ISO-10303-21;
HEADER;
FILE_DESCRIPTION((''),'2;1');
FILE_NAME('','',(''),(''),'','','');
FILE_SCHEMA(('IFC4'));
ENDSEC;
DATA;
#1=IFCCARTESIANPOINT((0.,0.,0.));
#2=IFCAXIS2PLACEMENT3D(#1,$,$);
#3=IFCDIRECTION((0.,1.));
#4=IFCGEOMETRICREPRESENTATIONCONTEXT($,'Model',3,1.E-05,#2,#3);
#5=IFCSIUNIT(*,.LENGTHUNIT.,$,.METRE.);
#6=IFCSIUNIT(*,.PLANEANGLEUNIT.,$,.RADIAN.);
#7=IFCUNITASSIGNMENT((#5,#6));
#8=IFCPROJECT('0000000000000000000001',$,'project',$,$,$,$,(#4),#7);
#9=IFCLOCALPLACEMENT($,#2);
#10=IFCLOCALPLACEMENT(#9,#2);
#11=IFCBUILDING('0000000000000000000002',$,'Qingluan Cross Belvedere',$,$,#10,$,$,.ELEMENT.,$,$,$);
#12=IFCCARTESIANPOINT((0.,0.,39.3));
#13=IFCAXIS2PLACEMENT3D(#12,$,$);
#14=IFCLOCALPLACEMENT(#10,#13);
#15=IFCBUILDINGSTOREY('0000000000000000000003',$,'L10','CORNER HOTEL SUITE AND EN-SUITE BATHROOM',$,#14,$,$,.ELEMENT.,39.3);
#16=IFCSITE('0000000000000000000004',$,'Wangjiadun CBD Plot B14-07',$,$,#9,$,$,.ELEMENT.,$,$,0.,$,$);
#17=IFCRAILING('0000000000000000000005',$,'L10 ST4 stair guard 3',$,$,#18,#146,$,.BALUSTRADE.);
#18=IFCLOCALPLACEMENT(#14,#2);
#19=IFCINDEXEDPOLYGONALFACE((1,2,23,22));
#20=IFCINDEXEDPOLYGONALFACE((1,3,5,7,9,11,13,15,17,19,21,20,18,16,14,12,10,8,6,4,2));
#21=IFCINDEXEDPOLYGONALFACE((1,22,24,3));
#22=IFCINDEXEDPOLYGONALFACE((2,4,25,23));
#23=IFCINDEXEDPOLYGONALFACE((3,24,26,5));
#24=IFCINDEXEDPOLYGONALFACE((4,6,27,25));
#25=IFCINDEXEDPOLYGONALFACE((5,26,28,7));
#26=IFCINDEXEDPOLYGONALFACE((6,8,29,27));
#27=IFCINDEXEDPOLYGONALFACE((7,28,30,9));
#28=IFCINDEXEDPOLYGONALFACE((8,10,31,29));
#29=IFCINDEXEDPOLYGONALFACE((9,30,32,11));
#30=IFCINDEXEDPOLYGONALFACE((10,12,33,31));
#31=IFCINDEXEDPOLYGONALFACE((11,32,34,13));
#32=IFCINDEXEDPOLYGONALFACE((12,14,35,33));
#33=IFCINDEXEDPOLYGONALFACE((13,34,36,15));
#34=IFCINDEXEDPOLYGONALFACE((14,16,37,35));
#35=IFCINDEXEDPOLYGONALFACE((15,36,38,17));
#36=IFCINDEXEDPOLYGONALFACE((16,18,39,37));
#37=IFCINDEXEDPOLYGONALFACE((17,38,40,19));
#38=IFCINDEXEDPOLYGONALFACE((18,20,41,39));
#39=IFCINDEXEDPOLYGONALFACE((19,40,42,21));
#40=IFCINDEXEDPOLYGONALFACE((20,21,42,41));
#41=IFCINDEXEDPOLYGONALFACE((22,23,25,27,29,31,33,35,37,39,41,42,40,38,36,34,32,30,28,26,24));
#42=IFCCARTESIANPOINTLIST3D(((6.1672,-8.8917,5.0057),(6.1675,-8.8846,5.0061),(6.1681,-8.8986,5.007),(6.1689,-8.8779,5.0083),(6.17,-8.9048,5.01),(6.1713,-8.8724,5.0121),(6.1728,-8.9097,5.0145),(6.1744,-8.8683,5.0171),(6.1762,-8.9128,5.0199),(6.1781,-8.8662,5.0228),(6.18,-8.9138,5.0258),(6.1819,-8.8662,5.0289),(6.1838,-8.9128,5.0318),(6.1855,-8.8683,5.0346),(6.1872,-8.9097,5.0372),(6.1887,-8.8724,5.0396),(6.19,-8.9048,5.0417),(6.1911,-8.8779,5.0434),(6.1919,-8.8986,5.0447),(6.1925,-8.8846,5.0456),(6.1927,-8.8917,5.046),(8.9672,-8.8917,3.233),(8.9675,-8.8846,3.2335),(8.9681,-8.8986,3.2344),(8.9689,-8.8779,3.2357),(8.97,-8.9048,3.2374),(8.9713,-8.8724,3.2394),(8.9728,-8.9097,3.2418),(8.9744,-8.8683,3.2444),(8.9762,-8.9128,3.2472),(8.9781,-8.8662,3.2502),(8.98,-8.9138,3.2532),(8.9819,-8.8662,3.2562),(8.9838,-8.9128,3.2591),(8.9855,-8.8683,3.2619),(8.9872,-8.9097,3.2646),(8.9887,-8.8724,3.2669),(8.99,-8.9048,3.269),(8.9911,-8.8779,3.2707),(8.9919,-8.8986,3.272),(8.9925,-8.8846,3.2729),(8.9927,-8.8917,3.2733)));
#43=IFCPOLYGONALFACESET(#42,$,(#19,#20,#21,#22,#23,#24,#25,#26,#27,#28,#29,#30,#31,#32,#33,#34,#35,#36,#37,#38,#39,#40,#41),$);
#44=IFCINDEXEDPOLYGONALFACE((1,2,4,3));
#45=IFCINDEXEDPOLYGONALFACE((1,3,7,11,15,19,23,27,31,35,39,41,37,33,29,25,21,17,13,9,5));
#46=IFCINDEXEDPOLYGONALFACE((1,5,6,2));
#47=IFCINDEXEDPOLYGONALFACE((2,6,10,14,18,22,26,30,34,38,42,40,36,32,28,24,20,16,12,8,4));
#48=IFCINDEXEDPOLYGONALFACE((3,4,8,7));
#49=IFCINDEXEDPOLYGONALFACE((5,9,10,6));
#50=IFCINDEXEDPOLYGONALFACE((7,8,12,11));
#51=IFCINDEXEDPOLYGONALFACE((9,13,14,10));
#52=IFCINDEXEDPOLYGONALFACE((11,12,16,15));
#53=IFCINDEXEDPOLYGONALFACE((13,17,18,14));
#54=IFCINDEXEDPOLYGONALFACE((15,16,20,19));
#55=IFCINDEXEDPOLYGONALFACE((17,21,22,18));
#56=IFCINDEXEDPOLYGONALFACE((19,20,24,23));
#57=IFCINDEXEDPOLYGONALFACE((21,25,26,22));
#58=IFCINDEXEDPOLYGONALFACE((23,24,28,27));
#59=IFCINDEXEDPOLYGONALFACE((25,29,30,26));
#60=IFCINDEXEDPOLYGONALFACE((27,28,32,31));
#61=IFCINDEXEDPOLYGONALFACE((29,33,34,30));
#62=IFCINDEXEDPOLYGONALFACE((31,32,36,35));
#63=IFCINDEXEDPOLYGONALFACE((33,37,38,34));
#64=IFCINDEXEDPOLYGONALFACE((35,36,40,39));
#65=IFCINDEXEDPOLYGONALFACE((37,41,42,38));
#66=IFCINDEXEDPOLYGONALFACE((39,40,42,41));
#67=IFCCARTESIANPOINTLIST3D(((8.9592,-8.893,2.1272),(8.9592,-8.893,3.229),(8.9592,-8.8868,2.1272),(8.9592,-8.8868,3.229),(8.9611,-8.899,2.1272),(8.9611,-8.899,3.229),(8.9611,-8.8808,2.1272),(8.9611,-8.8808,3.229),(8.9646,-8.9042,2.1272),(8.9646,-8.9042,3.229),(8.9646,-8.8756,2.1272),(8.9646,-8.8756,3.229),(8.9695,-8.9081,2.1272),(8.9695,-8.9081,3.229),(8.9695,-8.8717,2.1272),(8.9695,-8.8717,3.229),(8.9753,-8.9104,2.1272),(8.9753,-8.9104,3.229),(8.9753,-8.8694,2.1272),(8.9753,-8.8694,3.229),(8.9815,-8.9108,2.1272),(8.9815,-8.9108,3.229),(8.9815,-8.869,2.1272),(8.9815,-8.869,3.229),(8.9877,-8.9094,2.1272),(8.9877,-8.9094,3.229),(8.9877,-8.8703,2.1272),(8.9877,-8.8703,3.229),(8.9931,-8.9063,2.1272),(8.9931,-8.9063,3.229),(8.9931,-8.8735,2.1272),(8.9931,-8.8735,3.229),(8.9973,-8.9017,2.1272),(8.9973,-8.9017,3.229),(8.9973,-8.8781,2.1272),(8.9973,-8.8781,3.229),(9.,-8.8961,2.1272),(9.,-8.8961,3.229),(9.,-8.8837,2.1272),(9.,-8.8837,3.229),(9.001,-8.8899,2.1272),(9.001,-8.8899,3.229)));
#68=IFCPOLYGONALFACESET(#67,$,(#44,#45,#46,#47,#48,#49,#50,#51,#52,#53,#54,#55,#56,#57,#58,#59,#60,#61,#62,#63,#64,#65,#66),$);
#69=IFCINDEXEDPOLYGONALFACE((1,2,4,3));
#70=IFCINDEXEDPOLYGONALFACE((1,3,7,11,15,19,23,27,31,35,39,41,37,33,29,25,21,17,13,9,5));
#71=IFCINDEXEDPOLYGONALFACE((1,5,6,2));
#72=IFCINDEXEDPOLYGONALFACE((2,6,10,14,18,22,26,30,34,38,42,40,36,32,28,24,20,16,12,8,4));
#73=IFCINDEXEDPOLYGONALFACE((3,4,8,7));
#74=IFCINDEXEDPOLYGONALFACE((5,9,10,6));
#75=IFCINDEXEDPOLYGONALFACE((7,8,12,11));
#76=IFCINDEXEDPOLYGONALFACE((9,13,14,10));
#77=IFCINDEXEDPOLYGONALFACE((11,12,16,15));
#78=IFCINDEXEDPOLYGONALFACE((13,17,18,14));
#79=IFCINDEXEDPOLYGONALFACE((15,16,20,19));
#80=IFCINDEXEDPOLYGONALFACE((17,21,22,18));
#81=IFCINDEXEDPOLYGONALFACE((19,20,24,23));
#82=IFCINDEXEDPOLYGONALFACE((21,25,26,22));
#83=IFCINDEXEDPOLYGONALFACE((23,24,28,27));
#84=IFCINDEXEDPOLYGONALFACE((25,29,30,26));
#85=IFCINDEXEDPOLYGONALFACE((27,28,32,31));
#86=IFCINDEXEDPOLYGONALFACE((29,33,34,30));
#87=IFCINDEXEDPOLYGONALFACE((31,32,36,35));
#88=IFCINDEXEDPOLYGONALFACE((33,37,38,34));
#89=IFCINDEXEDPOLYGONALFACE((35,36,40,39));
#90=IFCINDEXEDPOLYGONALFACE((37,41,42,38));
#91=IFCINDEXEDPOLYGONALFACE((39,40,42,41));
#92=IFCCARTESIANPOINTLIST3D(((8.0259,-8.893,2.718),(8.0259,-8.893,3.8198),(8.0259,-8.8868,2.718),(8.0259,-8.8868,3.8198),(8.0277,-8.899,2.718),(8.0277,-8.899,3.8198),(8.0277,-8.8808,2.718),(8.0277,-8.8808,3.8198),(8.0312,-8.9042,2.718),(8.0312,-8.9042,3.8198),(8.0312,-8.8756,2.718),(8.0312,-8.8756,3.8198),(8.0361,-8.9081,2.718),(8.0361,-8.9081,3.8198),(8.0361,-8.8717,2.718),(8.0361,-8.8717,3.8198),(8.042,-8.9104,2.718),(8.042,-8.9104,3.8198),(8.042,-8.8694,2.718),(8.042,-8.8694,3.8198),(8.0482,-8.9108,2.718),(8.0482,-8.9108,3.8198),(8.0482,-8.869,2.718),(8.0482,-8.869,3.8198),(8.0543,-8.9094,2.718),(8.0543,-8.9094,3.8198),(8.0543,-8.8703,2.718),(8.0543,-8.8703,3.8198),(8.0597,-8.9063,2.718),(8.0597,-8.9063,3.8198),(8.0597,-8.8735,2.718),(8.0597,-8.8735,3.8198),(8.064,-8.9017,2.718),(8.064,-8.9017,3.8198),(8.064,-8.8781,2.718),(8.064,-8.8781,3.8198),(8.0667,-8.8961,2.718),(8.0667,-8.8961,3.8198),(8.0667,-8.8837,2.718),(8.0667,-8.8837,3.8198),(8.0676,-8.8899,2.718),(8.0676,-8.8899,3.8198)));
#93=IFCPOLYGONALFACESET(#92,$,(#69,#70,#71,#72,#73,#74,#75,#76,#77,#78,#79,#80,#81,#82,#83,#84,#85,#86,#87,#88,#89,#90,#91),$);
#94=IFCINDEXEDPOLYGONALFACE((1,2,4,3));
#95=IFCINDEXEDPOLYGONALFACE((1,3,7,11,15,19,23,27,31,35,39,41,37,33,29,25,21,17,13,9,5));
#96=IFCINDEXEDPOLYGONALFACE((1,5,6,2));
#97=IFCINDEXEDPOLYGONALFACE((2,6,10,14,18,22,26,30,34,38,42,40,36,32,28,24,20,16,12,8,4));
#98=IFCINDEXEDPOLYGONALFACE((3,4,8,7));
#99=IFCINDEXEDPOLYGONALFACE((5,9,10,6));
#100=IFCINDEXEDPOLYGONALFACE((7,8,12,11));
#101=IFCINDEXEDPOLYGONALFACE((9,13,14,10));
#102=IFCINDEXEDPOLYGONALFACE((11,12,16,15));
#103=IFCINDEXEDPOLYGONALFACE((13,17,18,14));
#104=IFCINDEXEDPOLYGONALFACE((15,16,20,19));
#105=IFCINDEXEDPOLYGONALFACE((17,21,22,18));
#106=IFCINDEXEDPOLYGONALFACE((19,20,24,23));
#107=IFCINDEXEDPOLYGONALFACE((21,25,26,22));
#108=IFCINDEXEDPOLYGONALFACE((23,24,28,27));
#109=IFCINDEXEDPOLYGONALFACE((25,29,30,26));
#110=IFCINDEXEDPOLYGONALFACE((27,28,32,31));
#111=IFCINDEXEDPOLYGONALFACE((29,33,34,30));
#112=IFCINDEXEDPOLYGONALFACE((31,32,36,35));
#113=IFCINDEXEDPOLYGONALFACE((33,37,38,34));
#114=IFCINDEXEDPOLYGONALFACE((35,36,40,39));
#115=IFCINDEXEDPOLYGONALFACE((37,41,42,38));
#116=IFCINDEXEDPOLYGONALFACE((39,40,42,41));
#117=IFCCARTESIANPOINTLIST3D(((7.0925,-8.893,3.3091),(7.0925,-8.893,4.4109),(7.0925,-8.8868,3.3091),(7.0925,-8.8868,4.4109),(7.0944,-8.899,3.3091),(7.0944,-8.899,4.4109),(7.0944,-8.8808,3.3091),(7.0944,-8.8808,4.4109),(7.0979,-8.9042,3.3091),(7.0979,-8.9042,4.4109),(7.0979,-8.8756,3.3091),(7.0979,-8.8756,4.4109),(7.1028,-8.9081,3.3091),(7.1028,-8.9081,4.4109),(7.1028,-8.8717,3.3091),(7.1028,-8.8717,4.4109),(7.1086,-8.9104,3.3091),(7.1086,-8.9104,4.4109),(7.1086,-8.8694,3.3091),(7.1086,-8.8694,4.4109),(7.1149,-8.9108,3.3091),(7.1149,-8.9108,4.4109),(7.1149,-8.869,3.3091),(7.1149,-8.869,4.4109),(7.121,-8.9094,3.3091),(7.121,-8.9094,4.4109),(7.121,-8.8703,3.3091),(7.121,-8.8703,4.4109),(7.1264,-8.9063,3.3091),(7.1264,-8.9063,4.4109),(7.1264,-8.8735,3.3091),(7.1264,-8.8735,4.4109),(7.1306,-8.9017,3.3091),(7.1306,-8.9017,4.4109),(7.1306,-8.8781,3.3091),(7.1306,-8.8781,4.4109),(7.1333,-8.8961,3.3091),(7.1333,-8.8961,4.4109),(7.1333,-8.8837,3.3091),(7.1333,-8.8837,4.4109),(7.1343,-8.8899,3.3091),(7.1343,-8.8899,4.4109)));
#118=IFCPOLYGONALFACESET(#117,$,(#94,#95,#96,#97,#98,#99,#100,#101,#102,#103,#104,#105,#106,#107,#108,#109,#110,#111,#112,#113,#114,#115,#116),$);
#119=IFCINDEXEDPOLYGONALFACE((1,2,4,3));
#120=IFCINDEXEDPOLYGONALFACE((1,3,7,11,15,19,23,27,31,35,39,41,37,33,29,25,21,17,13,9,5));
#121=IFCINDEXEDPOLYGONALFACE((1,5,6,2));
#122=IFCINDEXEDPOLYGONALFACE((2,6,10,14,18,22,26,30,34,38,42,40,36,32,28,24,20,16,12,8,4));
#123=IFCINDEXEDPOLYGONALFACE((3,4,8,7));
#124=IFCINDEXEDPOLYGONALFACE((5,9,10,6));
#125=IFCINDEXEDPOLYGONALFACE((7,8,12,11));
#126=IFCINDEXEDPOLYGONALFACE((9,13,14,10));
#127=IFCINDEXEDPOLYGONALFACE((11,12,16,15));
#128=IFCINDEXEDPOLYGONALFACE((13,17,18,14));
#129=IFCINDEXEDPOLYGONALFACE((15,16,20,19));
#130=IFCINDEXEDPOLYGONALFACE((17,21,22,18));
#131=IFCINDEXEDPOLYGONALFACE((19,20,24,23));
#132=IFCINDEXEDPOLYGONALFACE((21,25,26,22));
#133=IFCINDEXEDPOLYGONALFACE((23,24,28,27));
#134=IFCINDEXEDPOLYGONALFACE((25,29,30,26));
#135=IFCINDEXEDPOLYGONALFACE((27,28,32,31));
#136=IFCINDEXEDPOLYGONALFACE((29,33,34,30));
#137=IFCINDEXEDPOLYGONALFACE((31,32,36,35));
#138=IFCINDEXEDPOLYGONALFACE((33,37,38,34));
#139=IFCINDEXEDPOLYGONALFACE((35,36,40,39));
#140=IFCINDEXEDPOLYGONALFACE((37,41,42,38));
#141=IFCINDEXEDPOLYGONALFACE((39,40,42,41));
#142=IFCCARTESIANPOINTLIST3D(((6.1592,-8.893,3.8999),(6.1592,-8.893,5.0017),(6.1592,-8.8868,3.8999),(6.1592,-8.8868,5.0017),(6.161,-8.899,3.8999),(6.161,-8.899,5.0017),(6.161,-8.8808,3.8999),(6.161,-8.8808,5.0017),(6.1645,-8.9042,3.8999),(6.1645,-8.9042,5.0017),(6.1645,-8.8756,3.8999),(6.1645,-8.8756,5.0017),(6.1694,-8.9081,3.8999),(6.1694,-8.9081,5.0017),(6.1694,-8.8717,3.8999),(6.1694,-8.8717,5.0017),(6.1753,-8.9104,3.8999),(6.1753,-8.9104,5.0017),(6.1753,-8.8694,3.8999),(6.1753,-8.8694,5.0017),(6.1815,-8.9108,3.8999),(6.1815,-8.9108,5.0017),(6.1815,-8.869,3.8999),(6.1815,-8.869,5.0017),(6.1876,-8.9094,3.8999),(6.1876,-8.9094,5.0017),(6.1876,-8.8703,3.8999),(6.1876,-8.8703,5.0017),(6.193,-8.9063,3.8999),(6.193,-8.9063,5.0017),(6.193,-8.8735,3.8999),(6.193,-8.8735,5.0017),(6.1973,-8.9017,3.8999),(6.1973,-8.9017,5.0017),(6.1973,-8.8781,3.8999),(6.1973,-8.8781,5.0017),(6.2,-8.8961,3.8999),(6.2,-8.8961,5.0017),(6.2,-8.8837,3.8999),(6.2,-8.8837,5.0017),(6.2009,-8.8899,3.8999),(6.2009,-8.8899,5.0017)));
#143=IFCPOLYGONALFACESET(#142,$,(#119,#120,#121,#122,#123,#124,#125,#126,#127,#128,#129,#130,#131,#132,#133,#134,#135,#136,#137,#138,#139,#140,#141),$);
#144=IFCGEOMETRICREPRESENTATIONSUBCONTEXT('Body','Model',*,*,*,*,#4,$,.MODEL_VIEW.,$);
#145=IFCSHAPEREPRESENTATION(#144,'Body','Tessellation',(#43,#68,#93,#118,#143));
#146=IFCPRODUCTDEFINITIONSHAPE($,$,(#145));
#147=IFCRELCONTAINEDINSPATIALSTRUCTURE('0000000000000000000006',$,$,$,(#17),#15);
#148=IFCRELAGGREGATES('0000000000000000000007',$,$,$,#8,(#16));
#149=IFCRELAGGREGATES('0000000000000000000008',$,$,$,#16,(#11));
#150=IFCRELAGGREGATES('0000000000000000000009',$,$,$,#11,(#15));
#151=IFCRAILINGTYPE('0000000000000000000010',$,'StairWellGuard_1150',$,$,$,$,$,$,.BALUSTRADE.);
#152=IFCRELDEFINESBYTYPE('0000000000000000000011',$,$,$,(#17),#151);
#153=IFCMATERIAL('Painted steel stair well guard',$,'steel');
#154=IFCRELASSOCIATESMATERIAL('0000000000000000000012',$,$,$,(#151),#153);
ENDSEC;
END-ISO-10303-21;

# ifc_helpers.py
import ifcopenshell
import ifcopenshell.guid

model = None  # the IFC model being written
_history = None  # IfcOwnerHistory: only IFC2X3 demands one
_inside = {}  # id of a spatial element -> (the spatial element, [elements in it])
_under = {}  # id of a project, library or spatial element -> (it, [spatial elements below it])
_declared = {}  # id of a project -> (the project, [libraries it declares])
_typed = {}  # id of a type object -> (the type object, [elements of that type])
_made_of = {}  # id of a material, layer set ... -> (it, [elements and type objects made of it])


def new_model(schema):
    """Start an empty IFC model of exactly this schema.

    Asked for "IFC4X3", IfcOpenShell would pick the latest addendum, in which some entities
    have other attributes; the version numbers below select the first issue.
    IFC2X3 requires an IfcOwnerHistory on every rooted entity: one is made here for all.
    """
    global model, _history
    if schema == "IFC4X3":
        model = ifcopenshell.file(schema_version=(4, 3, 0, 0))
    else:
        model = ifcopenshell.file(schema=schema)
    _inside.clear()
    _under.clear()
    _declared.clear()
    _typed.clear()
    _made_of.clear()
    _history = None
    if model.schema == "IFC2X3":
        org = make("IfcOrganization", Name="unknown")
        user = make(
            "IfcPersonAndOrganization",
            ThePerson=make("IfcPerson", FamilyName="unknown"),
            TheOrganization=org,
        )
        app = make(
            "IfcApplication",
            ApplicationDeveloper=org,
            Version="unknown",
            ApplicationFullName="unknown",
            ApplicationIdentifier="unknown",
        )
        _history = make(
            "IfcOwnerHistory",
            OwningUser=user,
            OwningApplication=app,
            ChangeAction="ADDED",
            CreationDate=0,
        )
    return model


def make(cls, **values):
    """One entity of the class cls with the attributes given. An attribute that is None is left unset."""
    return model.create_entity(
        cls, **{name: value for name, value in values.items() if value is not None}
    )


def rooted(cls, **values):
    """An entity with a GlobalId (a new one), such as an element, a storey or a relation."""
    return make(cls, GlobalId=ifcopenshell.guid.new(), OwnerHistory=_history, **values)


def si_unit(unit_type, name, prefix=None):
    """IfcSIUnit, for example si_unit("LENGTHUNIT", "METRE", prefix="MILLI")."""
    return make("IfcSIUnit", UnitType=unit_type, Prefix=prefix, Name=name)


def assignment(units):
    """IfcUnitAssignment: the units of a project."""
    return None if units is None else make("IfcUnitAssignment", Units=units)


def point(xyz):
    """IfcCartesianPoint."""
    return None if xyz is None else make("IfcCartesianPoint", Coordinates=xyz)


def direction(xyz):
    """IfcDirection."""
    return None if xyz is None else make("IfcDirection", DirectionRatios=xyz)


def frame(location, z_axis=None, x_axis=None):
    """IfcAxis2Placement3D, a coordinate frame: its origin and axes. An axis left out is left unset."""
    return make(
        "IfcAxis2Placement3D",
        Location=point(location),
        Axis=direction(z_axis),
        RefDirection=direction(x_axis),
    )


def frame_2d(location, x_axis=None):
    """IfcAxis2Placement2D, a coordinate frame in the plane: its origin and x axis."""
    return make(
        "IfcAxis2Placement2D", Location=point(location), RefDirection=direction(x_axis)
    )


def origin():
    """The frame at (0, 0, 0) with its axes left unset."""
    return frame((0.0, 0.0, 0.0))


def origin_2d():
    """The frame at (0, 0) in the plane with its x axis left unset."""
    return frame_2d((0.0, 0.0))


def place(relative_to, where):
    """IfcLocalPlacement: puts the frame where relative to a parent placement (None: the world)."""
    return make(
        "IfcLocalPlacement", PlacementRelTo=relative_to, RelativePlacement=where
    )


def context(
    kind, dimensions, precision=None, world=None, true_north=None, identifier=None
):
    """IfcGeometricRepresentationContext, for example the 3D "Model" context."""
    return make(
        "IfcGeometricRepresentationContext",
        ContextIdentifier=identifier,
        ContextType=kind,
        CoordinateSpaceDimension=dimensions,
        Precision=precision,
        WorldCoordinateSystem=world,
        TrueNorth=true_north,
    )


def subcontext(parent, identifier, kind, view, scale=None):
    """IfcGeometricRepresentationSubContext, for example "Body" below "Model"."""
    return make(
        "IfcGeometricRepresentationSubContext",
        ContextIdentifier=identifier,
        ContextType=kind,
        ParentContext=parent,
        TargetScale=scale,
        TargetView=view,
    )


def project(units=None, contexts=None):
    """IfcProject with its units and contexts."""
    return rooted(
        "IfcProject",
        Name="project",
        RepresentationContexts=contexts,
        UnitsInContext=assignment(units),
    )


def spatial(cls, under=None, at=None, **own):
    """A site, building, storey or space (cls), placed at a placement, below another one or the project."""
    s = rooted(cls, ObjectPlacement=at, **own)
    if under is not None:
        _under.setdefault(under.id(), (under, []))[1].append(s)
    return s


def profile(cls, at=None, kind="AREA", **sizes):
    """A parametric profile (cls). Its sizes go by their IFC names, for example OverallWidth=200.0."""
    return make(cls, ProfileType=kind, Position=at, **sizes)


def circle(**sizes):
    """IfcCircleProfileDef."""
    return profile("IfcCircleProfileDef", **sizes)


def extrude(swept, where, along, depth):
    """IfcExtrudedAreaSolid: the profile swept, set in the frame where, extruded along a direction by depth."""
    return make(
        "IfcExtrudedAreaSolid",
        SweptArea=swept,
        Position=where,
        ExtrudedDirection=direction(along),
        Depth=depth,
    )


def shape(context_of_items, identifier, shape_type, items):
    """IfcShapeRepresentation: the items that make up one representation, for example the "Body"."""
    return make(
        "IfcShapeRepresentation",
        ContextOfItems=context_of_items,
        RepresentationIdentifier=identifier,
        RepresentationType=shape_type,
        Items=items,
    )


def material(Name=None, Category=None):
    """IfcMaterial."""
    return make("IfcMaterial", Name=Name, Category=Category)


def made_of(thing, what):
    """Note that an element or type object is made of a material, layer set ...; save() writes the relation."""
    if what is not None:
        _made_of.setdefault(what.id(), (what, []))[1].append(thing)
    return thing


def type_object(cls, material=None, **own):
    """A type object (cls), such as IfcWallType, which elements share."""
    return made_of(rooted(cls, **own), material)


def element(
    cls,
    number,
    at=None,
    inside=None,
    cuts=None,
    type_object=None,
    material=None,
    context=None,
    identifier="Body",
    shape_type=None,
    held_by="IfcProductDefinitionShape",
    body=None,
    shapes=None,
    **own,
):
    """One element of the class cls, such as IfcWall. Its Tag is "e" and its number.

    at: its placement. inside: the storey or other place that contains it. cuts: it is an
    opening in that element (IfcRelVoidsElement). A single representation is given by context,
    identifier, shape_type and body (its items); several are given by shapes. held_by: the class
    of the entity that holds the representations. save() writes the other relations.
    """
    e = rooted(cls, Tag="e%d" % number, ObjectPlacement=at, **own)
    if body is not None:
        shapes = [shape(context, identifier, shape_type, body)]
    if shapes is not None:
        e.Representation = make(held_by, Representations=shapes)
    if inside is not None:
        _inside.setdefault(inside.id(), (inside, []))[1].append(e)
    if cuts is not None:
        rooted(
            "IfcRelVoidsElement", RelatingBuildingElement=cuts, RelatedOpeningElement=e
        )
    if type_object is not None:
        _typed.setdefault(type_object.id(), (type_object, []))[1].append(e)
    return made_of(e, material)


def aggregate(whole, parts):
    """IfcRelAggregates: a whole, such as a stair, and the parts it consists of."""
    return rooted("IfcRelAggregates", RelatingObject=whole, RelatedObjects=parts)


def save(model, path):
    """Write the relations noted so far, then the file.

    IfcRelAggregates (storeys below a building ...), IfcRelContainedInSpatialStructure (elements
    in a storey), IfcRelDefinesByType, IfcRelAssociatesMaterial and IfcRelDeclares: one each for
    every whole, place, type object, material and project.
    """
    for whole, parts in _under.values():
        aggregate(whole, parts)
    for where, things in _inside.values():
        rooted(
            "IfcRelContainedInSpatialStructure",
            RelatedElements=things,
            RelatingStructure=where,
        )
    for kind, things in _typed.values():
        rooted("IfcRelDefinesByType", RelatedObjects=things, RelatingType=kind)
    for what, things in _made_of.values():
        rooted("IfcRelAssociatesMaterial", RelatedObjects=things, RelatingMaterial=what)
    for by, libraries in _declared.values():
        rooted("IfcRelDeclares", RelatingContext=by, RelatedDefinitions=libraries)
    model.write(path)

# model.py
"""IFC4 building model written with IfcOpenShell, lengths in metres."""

from ifc_helpers import new_model, si_unit, direction, frame, origin, origin_2d, place, context, subcontext, project, spatial, circle, extrude, material, type_object, element, save


model = new_model("IFC4")

# Units and contexts
model_context = context("Model", 3, precision=1e-05, world=origin(), true_north=direction((0.0, 1.0)))
body_context = subcontext(model_context, "Body", "Model", "MODEL_VIEW")
ifc_project = project(units=[si_unit("LENGTHUNIT", "METRE"), si_unit("PLANEANGLEUNIT", "RADIAN")], contexts=[model_context])

# Site, building, storey
site_placement = place(None, origin())
site = spatial("IfcSite", under=ifc_project, at=site_placement, Name="Wangjiadun CBD Plot B14-07", CompositionType="ELEMENT", RefElevation=0.0)
building_placement = place(site_placement, origin())
building = spatial("IfcBuilding", under=site, at=building_placement, Name="Qingluan Cross Belvedere", CompositionType="ELEMENT")
storey_placement = place(building_placement, frame((0.0, 0.0, 39.3)))
storey = spatial("IfcBuildingStorey", under=building, at=storey_placement, Name="L10", Description="CORNER HOTEL SUITE AND EN-SUITE BATHROOM", CompositionType="ELEMENT", Elevation=39.3)

# Railing
ifc_material_1 = material(Name="Painted steel stair well guard", Category="steel")
railing_type_1 = type_object("IfcRailingType", Name="StairWellGuard_1150", PredefinedType="BALUSTRADE", material=ifc_material_1)
railing_1_placement = place(storey_placement, frame((8.98, -8.8899, 2.1272)))
element("IfcRailing", 1, at=railing_1_placement, inside=storey, type_object=railing_type_1, Name="L10 ST4 stair guard 3", PredefinedType="BALUSTRADE", context=body_context, shape_type="SweptSolid", body=[
    extrude(circle(Radius=0.0239, at=origin_2d()), frame((0.0, 0.0, 1.126), z_axis=(-0.844909, 0.0, 0.53491), x_axis=(0.0, -1.0, 0.0)), (0.0, 0.0, 1.0), 3.314),
    extrude(circle(Radius=0.021, at=origin_2d()), origin(), (0.0, 0.0, 1.0), 1.1018),
    extrude(circle(Radius=0.021, at=origin_2d()), frame((-0.9333, 0.0, 0.5908)), (0.0, 0.0, 1.0), 1.1018),
    extrude(circle(Radius=0.021, at=origin_2d()), frame((-1.8667, 0.0, 1.1819)), (0.0, 0.0, 1.0), 1.1018),
    extrude(circle(Radius=0.021, at=origin_2d()), frame((-2.8, 0.0, 1.7727)), (0.0, 0.0, 1.0), 1.1018),
])

save(model, "model.ifc")
